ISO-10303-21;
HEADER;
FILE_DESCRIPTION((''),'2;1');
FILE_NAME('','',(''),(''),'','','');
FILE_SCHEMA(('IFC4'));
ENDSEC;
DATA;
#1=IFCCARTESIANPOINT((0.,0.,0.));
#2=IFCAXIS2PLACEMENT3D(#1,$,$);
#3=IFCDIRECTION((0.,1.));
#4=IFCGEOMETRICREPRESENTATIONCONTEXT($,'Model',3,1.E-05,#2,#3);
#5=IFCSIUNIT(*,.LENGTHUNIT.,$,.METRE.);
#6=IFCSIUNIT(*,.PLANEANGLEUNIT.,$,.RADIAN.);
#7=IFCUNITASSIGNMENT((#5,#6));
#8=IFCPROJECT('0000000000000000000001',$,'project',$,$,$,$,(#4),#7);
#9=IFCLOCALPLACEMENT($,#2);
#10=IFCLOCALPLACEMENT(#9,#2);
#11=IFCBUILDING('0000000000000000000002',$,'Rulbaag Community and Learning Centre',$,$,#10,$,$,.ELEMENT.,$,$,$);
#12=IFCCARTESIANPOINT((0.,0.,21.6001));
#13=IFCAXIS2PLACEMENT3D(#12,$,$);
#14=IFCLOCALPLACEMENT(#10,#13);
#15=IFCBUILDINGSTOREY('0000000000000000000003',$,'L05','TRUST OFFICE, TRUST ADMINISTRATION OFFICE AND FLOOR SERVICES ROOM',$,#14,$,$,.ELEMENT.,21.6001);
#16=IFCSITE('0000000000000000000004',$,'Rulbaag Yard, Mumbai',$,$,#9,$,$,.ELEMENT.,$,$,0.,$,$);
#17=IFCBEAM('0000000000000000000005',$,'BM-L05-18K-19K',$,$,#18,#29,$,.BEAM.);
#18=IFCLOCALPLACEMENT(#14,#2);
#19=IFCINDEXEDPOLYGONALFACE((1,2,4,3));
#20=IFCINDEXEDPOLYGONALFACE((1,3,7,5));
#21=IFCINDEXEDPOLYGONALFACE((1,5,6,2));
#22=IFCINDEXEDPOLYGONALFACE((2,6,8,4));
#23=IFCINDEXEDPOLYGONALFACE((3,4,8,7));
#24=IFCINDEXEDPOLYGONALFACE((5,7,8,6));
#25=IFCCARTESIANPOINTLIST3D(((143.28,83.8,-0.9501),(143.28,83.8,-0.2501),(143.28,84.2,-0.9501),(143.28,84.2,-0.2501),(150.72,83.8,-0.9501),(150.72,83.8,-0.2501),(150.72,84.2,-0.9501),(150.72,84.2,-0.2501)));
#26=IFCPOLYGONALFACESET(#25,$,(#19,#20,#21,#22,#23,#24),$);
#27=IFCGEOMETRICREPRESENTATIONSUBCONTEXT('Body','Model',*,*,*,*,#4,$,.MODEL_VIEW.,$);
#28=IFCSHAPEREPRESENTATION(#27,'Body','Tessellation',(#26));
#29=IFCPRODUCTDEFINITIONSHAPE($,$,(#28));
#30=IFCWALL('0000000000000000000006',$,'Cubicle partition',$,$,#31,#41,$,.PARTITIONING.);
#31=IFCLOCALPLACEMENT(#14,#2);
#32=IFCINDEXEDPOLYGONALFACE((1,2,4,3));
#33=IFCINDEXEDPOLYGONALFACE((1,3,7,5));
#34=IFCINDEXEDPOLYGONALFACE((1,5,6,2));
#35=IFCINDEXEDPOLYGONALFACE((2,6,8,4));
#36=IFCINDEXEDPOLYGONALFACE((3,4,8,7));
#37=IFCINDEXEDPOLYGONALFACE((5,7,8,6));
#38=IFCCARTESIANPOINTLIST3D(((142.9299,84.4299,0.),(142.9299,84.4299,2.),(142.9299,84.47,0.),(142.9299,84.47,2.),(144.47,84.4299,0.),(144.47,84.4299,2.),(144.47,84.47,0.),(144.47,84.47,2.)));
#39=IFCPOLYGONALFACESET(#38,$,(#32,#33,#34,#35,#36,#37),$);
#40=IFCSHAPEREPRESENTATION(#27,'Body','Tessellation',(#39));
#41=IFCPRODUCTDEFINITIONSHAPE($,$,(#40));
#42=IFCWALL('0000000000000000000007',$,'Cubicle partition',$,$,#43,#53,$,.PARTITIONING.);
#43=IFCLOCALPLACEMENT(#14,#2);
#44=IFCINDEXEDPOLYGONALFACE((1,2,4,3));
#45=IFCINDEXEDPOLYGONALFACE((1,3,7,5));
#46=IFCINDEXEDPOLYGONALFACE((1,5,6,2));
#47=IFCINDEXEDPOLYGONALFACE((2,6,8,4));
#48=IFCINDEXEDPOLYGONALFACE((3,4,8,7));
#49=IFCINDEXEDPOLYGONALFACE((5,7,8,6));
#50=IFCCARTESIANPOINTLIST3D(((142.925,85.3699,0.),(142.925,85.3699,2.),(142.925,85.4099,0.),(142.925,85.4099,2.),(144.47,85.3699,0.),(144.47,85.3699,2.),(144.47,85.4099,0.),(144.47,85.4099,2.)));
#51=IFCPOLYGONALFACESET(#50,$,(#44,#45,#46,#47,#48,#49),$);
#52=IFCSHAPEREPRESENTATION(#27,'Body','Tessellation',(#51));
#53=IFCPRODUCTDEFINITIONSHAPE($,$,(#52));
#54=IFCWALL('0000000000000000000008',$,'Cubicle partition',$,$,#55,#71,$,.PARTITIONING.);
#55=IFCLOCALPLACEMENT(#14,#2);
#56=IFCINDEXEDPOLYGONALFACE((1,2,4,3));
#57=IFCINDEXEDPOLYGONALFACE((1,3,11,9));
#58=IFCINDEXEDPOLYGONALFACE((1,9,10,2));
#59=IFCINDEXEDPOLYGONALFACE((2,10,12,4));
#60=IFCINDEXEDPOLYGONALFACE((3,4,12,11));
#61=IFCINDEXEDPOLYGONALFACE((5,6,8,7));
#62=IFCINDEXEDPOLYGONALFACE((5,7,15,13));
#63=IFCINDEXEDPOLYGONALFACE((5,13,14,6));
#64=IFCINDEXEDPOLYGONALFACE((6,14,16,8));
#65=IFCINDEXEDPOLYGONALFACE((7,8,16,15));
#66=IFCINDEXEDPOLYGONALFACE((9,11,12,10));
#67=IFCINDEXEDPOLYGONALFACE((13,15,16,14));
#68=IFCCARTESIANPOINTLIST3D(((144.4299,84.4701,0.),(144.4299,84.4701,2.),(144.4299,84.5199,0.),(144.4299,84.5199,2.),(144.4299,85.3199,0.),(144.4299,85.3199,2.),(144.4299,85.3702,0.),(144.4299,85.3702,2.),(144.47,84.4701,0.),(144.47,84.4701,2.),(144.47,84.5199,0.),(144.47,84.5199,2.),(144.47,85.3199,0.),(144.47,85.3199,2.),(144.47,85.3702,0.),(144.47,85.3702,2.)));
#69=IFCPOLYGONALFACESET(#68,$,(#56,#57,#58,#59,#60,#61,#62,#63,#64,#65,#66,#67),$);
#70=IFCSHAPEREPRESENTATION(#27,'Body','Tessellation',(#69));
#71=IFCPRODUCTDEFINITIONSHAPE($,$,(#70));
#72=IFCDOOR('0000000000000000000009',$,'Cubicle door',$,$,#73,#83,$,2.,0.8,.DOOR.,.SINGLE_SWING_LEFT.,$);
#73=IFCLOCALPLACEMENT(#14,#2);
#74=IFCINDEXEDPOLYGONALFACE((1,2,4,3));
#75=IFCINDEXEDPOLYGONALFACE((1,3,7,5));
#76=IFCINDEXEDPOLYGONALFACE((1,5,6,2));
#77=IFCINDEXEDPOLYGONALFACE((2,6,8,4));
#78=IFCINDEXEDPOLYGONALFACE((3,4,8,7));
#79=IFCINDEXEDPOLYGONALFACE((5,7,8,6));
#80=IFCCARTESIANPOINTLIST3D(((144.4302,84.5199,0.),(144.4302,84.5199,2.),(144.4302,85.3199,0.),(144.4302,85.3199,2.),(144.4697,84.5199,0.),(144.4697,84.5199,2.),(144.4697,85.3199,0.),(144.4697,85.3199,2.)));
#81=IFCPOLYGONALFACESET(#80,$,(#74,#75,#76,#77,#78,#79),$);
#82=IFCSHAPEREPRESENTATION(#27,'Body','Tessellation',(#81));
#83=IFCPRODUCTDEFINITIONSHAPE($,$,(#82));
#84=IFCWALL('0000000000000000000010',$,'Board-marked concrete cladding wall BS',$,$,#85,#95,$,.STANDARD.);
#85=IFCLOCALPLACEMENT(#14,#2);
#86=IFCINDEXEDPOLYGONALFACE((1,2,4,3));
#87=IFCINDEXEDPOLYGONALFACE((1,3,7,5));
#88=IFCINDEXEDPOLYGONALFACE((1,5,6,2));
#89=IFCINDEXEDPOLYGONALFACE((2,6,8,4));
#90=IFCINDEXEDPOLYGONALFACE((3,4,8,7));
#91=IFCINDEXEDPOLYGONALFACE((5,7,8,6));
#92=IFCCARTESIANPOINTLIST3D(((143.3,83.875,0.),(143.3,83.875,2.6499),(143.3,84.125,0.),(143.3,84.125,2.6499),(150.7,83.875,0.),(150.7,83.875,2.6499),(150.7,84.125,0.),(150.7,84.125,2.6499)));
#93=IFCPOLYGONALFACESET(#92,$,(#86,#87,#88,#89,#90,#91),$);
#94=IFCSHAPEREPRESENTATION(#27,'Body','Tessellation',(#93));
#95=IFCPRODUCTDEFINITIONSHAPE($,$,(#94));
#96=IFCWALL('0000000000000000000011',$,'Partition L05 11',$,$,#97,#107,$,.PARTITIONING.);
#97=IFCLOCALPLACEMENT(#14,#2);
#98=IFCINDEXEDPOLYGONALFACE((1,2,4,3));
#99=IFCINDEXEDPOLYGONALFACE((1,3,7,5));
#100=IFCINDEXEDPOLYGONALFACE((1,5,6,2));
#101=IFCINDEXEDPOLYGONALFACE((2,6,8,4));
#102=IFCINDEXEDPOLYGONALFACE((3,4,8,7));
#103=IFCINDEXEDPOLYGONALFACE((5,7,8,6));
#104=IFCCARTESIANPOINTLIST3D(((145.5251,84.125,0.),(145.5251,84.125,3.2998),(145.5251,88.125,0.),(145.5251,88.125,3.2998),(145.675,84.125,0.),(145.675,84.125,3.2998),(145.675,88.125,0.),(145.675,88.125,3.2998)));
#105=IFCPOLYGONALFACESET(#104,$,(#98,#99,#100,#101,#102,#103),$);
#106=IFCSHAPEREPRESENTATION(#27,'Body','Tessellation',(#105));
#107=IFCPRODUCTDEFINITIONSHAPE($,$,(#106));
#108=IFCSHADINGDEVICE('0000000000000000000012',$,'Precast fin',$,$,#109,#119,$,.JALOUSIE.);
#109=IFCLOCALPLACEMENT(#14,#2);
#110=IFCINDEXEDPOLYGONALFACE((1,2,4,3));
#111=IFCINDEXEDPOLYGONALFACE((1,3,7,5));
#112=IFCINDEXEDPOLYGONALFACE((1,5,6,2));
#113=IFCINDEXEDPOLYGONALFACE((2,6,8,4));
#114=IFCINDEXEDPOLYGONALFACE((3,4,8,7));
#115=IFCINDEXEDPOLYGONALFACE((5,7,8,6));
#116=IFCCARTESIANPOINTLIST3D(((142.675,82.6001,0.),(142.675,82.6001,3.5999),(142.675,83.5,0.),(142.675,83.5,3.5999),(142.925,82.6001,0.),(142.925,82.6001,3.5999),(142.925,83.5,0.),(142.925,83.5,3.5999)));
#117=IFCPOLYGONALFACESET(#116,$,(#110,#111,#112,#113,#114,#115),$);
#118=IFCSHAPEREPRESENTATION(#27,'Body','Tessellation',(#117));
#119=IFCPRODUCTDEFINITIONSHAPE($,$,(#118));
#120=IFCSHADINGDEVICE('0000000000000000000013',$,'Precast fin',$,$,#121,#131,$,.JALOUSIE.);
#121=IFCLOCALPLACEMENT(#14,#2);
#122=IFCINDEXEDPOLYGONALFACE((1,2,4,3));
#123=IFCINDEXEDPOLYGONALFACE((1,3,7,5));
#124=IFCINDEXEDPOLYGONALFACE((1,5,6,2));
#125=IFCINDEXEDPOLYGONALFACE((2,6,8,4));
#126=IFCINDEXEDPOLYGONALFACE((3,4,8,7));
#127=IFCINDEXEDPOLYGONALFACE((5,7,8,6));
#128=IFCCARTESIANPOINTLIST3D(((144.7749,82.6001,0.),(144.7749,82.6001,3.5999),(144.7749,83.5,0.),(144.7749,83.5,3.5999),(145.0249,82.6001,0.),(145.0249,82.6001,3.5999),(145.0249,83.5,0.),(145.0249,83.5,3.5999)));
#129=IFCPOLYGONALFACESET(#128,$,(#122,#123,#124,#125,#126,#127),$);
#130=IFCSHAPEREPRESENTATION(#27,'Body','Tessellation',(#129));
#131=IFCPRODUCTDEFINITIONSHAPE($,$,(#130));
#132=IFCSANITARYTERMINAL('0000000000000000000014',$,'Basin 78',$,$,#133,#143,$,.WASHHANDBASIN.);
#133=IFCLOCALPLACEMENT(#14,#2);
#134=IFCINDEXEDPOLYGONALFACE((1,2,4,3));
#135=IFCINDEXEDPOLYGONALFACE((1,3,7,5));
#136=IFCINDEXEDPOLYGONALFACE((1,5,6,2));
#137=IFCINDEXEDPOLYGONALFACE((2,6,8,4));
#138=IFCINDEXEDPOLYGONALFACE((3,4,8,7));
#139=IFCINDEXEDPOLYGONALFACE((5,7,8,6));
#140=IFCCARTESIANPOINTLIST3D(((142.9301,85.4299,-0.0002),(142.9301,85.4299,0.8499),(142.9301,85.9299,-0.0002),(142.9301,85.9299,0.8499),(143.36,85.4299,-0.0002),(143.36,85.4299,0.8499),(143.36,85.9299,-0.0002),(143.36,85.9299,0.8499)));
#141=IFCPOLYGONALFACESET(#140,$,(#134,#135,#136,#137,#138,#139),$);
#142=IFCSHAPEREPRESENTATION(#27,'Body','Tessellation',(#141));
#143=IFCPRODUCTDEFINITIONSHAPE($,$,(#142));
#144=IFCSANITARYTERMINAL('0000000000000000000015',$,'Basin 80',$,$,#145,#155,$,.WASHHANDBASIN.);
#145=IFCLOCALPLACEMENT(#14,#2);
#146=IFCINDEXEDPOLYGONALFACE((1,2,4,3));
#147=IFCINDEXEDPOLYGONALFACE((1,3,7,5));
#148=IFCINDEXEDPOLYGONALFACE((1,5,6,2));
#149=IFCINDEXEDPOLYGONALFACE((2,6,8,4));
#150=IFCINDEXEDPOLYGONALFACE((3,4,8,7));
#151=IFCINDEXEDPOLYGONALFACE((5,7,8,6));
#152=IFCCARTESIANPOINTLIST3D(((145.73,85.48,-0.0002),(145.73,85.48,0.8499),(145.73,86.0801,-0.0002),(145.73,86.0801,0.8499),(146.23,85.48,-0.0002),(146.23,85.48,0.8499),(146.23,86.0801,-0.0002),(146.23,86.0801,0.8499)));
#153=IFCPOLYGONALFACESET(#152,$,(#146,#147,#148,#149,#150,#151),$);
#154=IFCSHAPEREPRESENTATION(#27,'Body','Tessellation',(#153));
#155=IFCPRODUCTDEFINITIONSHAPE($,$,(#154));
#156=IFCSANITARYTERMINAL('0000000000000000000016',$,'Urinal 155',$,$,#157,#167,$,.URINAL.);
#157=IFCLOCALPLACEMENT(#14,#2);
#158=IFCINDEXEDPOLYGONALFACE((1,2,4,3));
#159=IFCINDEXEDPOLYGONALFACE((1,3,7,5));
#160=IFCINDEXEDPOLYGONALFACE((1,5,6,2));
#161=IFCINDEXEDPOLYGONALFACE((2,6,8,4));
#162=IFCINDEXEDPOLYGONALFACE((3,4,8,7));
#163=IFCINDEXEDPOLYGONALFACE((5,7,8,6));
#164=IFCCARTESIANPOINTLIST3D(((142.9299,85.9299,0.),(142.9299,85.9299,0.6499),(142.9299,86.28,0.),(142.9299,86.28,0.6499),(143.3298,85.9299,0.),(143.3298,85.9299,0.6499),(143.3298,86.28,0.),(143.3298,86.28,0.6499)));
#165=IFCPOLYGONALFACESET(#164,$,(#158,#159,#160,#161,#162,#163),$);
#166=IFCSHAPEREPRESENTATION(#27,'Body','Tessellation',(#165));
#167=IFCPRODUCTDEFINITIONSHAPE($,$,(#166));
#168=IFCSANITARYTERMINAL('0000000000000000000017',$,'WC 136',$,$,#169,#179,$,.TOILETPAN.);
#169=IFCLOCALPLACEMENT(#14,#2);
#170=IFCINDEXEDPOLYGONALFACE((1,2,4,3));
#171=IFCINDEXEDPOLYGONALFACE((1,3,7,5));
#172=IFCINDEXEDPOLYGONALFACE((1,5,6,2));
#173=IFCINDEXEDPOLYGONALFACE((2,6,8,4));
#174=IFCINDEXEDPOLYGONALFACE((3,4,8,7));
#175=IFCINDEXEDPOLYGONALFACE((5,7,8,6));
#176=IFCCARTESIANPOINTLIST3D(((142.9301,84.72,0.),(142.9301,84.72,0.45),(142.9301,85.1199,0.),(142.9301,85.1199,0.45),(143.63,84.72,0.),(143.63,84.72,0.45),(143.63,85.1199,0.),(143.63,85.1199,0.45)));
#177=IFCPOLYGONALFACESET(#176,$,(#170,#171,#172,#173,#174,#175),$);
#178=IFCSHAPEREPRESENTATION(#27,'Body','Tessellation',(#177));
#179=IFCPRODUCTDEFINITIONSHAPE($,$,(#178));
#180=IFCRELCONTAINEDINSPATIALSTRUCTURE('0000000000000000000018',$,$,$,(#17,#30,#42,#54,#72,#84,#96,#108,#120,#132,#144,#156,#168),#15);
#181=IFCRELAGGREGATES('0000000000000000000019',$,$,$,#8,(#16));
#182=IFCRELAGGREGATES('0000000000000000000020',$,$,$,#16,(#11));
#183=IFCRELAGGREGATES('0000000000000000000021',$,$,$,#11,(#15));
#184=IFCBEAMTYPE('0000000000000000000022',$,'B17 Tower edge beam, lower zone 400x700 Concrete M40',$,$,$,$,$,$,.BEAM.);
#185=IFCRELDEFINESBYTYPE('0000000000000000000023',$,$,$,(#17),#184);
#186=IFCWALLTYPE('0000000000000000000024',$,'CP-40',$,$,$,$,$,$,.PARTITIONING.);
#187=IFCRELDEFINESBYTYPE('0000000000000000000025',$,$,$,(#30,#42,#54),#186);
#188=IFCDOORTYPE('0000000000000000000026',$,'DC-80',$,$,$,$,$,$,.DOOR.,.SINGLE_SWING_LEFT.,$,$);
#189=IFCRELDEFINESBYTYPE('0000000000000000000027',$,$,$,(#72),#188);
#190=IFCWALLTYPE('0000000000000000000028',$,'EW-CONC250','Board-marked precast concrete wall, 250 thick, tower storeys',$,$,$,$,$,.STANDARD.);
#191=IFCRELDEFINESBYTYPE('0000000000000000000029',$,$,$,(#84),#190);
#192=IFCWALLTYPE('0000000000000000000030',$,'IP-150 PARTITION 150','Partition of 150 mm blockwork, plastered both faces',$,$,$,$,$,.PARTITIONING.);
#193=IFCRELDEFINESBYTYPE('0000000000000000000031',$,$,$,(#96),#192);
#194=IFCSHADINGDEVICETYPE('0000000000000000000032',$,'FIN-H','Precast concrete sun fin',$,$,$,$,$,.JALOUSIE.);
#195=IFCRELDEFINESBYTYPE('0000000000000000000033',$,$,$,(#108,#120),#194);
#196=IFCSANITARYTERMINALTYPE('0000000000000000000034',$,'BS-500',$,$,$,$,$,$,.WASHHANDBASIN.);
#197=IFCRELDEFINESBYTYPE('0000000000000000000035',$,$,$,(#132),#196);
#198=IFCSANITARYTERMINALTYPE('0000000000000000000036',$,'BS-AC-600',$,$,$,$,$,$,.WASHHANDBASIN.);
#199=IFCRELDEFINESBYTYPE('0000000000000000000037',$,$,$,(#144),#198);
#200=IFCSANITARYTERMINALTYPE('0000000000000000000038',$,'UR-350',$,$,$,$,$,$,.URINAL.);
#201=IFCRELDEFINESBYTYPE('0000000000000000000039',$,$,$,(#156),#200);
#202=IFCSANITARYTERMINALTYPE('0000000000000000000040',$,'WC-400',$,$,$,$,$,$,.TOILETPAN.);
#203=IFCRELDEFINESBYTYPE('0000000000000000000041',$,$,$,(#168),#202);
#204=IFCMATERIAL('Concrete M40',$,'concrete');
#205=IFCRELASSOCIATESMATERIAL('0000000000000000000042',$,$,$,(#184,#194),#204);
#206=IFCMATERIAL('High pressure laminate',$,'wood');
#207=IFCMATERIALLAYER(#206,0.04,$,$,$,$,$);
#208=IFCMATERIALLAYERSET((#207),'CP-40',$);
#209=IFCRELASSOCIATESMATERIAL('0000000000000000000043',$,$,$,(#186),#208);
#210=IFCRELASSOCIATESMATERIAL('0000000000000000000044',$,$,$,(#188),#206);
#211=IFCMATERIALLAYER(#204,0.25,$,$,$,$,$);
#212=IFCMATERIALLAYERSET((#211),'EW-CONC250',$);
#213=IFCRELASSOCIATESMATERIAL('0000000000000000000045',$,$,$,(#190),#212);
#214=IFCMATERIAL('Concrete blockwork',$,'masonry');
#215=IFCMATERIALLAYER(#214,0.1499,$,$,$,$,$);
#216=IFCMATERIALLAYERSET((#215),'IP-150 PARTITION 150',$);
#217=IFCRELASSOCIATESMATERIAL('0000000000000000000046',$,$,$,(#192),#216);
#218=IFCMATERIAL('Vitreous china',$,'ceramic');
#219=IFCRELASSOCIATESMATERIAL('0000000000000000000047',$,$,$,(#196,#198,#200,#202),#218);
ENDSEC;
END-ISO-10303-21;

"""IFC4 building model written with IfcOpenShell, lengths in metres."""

from ifc_helpers import new_model, si_unit, direction, frame, frame_2d, origin, origin_2d, place, context, subcontext, project, spatial, rectangle, extrude, material, layer, layer_set, material_profile, profile_set, type_object, element, fill, save


model = new_model("IFC4")

# Units and contexts
model_context = context("Model", 3, precision=1e-05, world=origin(), true_north=direction((0.0, 1.0)))
body_context = subcontext(model_context, "Body", "Model", "MODEL_VIEW")
ifc_project = project(units=[si_unit("LENGTHUNIT", "METRE"), si_unit("PLANEANGLEUNIT", "RADIAN")], contexts=[model_context])

# Site, building, storey
site_placement = place(None, origin())
site = spatial("IfcSite", under=ifc_project, at=site_placement, Name="Rulbaag Yard, Mumbai", CompositionType="ELEMENT", RefElevation=0.0)
building_placement = place(site_placement, origin())
building = spatial("IfcBuilding", under=site, at=building_placement, Name="Rulbaag Community and Learning Centre", CompositionType="ELEMENT")
storey_placement = place(building_placement, frame((0.0, 0.0, 21.6001)))
storey = spatial("IfcBuildingStorey", under=building, at=storey_placement, Name="L05", Description="TRUST OFFICE, TRUST ADMINISTRATION OFFICE AND FLOOR SERVICES ROOM", CompositionType="ELEMENT", Elevation=21.6001)

# Beam
ifc_material_1 = material(Name="Concrete M40", Category="concrete")
ifc_material_profile_1 = material_profile(ifc_material_1, rectangle(XDim=0.3999, YDim=0.7, at=origin_2d()), Name="RB400x700")
ifc_profile_set_1 = profile_set([ifc_material_profile_1], Name="Concrete M40")
beam_type = type_object("IfcBeamType", Name="B17 Tower edge beam, lower zone 400x700 Concrete M40", PredefinedType="BEAM", material=ifc_profile_set_1)
beam_placement = place(storey_placement, frame((143.28, 84.0, -0.6001), z_axis=(1.0, 0.0, 0.0), x_axis=(0.0, 1.0, 0.0)))
element("IfcBeam", 1, at=beam_placement, inside=storey, type_object=beam_type, Name="BM-L05-18K-19K", PredefinedType="BEAM", context=body_context, shape_type="SweptSolid", body=[
    extrude(rectangle(XDim=0.3999, YDim=0.7, at=origin_2d()), origin(), (0.0, 0.0, 1.0), 7.4399),
])

# Walls
ifc_material_2 = material(Name="High pressure laminate", Category="wood")
ifc_layer_1 = layer(ifc_material_2, 0.04)
ifc_layer_set_1 = layer_set([ifc_layer_1], Name="CP-40")
wall_type_1 = type_object("IfcWallType", Name="CP-40", PredefinedType="PARTITIONING", material=ifc_layer_set_1)
wall_1_placement = place(storey_placement, frame((142.9299, 84.45, 0.0), z_axis=(0.0, 0.0, 1.0), x_axis=(1.0, 0.0, 0.0)))
element("IfcWall", 2, at=wall_1_placement, inside=storey, type_object=wall_type_1, Name="Cubicle partition", PredefinedType="PARTITIONING", context=body_context, shape_type="SweptSolid", body=[
    extrude(rectangle(XDim=1.54, YDim=0.04, at=frame_2d((0.77, 0.0))), origin(), (0.0, 0.0, 1.0), 2.0),
])
wall_2_placement = place(storey_placement, frame((142.925, 85.3899, 0.0), z_axis=(0.0, 0.0, 1.0), x_axis=(1.0, 0.0, 0.0)))
element("IfcWall", 3, at=wall_2_placement, inside=storey, type_object=wall_type_1, Name="Cubicle partition", PredefinedType="PARTITIONING", context=body_context, shape_type="SweptSolid", body=[
    extrude(rectangle(XDim=1.5449, YDim=0.04, at=frame_2d((0.7725, 0.0))), origin(), (0.0, 0.0, 1.0), 2.0),
])

# Wall, opening, door
wall_3_placement = place(storey_placement, frame((144.45, 84.47, 0.0), z_axis=(0.0, 0.0, 1.0), x_axis=(0.0, 1.0, 0.0)))
wall_3 = element("IfcWall", 4, at=wall_3_placement, inside=storey, type_object=wall_type_1, Name="Cubicle partition", PredefinedType="PARTITIONING", context=body_context, shape_type="SweptSolid", body=[
    extrude(rectangle(XDim=0.9001, YDim=0.04, at=frame_2d((0.4502, 0.0))), origin(), (0.0, 0.0, 1.0), 2.0),
])
opening_placement = place(wall_3_placement, frame((0.05, 0.0, 0.0)))
opening = element("IfcOpeningElement", 5, at=opening_placement, cuts=wall_3, PredefinedType="OPENING", context=body_context, shape_type="SweptSolid", body=[
    extrude(rectangle(XDim=0.8, YDim=2.0, at=frame_2d((0.3999, 1.0))), frame((0.0, 0.03, 0.0), z_axis=(0.0, -1.0, 0.0), x_axis=(1.0, 0.0, 0.0)), (0.0, 0.0, 1.0), 0.0601),
])
door_type = type_object("IfcDoorType", Name="DC-80", OperationType="SINGLE_SWING_LEFT", PredefinedType="DOOR", material=ifc_material_2)
door_placement = place(opening_placement, origin())
door = element("IfcDoor", 6, at=door_placement, inside=storey, type_object=door_type, Name="Cubicle door", OperationType="SINGLE_SWING_LEFT", OverallHeight=2.0, OverallWidth=0.8, PredefinedType="DOOR", context=body_context, shape_type="SweptSolid", body=[
    extrude(rectangle(XDim=0.8, YDim=2.0, at=frame_2d((0.3999, 1.0))), frame((0.0, 0.0198, 0.0), z_axis=(0.0, -1.0, 0.0), x_axis=(1.0, 0.0, 0.0)), (0.0, 0.0, 1.0), 0.0396),
])
fill(opening, door)

# Walls
ifc_layer_2 = layer(ifc_material_1, 0.25)
ifc_layer_set_2 = layer_set([ifc_layer_2], Name="EW-CONC250")
wall_type_2 = type_object("IfcWallType", Name="EW-CONC250", Description="Board-marked precast concrete wall, 250 thick, tower storeys", PredefinedType="STANDARD", material=ifc_layer_set_2)
wall_4_placement = place(storey_placement, frame((143.3, 84.0, 0.0), z_axis=(0.0, 0.0, 1.0), x_axis=(1.0, 0.0, 0.0)))
element("IfcWall", 7, at=wall_4_placement, inside=storey, type_object=wall_type_2, Name="Board-marked concrete cladding wall BS", PredefinedType="STANDARD", context=body_context, shape_type="SweptSolid", body=[
    extrude(rectangle(XDim=7.3999, YDim=0.25, at=frame_2d((3.7, 0.0))), origin(), (0.0, 0.0, 1.0), 2.6499),
])
ifc_material_3 = material(Name="Concrete blockwork", Category="masonry")
ifc_layer_3 = layer(ifc_material_3, 0.1499)
ifc_layer_set_3 = layer_set([ifc_layer_3], Name="IP-150 PARTITION 150")
wall_type_3 = type_object("IfcWallType", Name="IP-150 PARTITION 150", Description="Partition of 150 mm blockwork, plastered both faces", PredefinedType="PARTITIONING", material=ifc_layer_set_3)
wall_5_placement = place(storey_placement, frame((145.6001, 84.125, 0.0), z_axis=(0.0, 0.0, 1.0), x_axis=(0.0, 1.0, 0.0)))
element("IfcWall", 8, at=wall_5_placement, inside=storey, type_object=wall_type_3, Name="Partition L05 11", PredefinedType="PARTITIONING", context=body_context, shape_type="SweptSolid", body=[
    extrude(rectangle(XDim=4.0, YDim=0.1499, at=frame_2d((2.0, 0.0))), origin(), (0.0, 0.0, 1.0), 3.2998),
])

# Shading devices
ifc_material_profile_2 = material_profile(ifc_material_1, rectangle(XDim=0.25, YDim=0.8999, at=origin_2d()), Name="PC 250x900")
ifc_profile_set_2 = profile_set([ifc_material_profile_2], Name="Concrete M40")
shading_device_type = type_object("IfcShadingDeviceType", Name="FIN-H", Description="Precast concrete sun fin", PredefinedType="JALOUSIE", material=ifc_profile_set_2)
for number, where, z_axis, x_axis, name in (
    (9, (142.8, 83.05, 0.0), (0.0, 0.0, 1.0), (1.0, 0.0, 0.0), "Precast fin"),
    (10, (144.8999, 83.05, 0.0), (0.0, 0.0, 1.0), (1.0, 0.0, 0.0), "Precast fin"),
):
    element("IfcShadingDevice", number, at=place(storey_placement, frame(where, z_axis=z_axis, x_axis=x_axis)), inside=storey, type_object=shading_device_type, Name=name, PredefinedType="JALOUSIE", context=body_context, shape_type="SweptSolid", body=[
        extrude(rectangle(XDim=0.25, YDim=0.8999, at=origin_2d()), origin(), (0.0, 0.0, 1.0), 3.5999),
    ])

# Sanitary terminals
ifc_material_4 = material(Name="Vitreous china", Category="ceramic")
sanitary_terminal_type_1 = type_object("IfcSanitaryTerminalType", Name="BS-500", PredefinedType="WASHHANDBASIN", material=ifc_material_4)
sanitary_terminal_1_placement = place(storey_placement, frame((143.145, 85.6799, -0.0002), z_axis=(0.0, 0.0, 1.0), x_axis=(1.0, 0.0, 0.0)))
element("IfcSanitaryTerminal", 11, at=sanitary_terminal_1_placement, inside=storey, type_object=sanitary_terminal_type_1, Name="Basin 78", PredefinedType="WASHHANDBASIN", context=body_context, shape_type="SweptSolid", body=[
    extrude(rectangle(XDim=0.4299, YDim=0.5, at=origin_2d()), origin(), (0.0, 0.0, 1.0), 0.8501),
])
sanitary_terminal_type_2 = type_object("IfcSanitaryTerminalType", Name="BS-AC-600", PredefinedType="WASHHANDBASIN", material=ifc_material_4)
sanitary_terminal_2_placement = place(storey_placement, frame((145.98, 85.78, -0.0002), z_axis=(0.0, 0.0, 1.0), x_axis=(1.0, 0.0, 0.0)))
element("IfcSanitaryTerminal", 12, at=sanitary_terminal_2_placement, inside=storey, type_object=sanitary_terminal_type_2, Name="Basin 80", PredefinedType="WASHHANDBASIN", context=body_context, shape_type="SweptSolid", body=[
    extrude(rectangle(XDim=0.5, YDim=0.6001, at=origin_2d()), origin(), (0.0, 0.0, 1.0), 0.8501),
])
sanitary_terminal_type_3 = type_object("IfcSanitaryTerminalType", Name="UR-350", PredefinedType="URINAL", material=ifc_material_4)
sanitary_terminal_3_placement = place(storey_placement, frame((143.1299, 86.105, 0.0), z_axis=(0.0, 0.0, 1.0), x_axis=(1.0, 0.0, 0.0)))
element("IfcSanitaryTerminal", 13, at=sanitary_terminal_3_placement, inside=storey, type_object=sanitary_terminal_type_3, Name="Urinal 155", PredefinedType="URINAL", context=body_context, shape_type="SweptSolid", body=[
    extrude(rectangle(XDim=0.3999, YDim=0.3501, at=origin_2d()), origin(), (0.0, 0.0, 1.0), 0.6499),
])
sanitary_terminal_type_4 = type_object("IfcSanitaryTerminalType", Name="WC-400", PredefinedType="TOILETPAN", material=ifc_material_4)
sanitary_terminal_4_placement = place(storey_placement, frame((143.28, 84.9199, 0.0), z_axis=(0.0, 0.0, 1.0), x_axis=(1.0, 0.0, 0.0)))
element("IfcSanitaryTerminal", 14, at=sanitary_terminal_4_placement, inside=storey, type_object=sanitary_terminal_type_4, Name="WC 136", PredefinedType="TOILETPAN", context=body_context, shape_type="SweptSolid", body=[
    extrude(rectangle(XDim=0.7, YDim=0.3999, at=origin_2d()), origin(), (0.0, 0.0, 1.0), 0.45),
])

save(model, "model.ifc")
